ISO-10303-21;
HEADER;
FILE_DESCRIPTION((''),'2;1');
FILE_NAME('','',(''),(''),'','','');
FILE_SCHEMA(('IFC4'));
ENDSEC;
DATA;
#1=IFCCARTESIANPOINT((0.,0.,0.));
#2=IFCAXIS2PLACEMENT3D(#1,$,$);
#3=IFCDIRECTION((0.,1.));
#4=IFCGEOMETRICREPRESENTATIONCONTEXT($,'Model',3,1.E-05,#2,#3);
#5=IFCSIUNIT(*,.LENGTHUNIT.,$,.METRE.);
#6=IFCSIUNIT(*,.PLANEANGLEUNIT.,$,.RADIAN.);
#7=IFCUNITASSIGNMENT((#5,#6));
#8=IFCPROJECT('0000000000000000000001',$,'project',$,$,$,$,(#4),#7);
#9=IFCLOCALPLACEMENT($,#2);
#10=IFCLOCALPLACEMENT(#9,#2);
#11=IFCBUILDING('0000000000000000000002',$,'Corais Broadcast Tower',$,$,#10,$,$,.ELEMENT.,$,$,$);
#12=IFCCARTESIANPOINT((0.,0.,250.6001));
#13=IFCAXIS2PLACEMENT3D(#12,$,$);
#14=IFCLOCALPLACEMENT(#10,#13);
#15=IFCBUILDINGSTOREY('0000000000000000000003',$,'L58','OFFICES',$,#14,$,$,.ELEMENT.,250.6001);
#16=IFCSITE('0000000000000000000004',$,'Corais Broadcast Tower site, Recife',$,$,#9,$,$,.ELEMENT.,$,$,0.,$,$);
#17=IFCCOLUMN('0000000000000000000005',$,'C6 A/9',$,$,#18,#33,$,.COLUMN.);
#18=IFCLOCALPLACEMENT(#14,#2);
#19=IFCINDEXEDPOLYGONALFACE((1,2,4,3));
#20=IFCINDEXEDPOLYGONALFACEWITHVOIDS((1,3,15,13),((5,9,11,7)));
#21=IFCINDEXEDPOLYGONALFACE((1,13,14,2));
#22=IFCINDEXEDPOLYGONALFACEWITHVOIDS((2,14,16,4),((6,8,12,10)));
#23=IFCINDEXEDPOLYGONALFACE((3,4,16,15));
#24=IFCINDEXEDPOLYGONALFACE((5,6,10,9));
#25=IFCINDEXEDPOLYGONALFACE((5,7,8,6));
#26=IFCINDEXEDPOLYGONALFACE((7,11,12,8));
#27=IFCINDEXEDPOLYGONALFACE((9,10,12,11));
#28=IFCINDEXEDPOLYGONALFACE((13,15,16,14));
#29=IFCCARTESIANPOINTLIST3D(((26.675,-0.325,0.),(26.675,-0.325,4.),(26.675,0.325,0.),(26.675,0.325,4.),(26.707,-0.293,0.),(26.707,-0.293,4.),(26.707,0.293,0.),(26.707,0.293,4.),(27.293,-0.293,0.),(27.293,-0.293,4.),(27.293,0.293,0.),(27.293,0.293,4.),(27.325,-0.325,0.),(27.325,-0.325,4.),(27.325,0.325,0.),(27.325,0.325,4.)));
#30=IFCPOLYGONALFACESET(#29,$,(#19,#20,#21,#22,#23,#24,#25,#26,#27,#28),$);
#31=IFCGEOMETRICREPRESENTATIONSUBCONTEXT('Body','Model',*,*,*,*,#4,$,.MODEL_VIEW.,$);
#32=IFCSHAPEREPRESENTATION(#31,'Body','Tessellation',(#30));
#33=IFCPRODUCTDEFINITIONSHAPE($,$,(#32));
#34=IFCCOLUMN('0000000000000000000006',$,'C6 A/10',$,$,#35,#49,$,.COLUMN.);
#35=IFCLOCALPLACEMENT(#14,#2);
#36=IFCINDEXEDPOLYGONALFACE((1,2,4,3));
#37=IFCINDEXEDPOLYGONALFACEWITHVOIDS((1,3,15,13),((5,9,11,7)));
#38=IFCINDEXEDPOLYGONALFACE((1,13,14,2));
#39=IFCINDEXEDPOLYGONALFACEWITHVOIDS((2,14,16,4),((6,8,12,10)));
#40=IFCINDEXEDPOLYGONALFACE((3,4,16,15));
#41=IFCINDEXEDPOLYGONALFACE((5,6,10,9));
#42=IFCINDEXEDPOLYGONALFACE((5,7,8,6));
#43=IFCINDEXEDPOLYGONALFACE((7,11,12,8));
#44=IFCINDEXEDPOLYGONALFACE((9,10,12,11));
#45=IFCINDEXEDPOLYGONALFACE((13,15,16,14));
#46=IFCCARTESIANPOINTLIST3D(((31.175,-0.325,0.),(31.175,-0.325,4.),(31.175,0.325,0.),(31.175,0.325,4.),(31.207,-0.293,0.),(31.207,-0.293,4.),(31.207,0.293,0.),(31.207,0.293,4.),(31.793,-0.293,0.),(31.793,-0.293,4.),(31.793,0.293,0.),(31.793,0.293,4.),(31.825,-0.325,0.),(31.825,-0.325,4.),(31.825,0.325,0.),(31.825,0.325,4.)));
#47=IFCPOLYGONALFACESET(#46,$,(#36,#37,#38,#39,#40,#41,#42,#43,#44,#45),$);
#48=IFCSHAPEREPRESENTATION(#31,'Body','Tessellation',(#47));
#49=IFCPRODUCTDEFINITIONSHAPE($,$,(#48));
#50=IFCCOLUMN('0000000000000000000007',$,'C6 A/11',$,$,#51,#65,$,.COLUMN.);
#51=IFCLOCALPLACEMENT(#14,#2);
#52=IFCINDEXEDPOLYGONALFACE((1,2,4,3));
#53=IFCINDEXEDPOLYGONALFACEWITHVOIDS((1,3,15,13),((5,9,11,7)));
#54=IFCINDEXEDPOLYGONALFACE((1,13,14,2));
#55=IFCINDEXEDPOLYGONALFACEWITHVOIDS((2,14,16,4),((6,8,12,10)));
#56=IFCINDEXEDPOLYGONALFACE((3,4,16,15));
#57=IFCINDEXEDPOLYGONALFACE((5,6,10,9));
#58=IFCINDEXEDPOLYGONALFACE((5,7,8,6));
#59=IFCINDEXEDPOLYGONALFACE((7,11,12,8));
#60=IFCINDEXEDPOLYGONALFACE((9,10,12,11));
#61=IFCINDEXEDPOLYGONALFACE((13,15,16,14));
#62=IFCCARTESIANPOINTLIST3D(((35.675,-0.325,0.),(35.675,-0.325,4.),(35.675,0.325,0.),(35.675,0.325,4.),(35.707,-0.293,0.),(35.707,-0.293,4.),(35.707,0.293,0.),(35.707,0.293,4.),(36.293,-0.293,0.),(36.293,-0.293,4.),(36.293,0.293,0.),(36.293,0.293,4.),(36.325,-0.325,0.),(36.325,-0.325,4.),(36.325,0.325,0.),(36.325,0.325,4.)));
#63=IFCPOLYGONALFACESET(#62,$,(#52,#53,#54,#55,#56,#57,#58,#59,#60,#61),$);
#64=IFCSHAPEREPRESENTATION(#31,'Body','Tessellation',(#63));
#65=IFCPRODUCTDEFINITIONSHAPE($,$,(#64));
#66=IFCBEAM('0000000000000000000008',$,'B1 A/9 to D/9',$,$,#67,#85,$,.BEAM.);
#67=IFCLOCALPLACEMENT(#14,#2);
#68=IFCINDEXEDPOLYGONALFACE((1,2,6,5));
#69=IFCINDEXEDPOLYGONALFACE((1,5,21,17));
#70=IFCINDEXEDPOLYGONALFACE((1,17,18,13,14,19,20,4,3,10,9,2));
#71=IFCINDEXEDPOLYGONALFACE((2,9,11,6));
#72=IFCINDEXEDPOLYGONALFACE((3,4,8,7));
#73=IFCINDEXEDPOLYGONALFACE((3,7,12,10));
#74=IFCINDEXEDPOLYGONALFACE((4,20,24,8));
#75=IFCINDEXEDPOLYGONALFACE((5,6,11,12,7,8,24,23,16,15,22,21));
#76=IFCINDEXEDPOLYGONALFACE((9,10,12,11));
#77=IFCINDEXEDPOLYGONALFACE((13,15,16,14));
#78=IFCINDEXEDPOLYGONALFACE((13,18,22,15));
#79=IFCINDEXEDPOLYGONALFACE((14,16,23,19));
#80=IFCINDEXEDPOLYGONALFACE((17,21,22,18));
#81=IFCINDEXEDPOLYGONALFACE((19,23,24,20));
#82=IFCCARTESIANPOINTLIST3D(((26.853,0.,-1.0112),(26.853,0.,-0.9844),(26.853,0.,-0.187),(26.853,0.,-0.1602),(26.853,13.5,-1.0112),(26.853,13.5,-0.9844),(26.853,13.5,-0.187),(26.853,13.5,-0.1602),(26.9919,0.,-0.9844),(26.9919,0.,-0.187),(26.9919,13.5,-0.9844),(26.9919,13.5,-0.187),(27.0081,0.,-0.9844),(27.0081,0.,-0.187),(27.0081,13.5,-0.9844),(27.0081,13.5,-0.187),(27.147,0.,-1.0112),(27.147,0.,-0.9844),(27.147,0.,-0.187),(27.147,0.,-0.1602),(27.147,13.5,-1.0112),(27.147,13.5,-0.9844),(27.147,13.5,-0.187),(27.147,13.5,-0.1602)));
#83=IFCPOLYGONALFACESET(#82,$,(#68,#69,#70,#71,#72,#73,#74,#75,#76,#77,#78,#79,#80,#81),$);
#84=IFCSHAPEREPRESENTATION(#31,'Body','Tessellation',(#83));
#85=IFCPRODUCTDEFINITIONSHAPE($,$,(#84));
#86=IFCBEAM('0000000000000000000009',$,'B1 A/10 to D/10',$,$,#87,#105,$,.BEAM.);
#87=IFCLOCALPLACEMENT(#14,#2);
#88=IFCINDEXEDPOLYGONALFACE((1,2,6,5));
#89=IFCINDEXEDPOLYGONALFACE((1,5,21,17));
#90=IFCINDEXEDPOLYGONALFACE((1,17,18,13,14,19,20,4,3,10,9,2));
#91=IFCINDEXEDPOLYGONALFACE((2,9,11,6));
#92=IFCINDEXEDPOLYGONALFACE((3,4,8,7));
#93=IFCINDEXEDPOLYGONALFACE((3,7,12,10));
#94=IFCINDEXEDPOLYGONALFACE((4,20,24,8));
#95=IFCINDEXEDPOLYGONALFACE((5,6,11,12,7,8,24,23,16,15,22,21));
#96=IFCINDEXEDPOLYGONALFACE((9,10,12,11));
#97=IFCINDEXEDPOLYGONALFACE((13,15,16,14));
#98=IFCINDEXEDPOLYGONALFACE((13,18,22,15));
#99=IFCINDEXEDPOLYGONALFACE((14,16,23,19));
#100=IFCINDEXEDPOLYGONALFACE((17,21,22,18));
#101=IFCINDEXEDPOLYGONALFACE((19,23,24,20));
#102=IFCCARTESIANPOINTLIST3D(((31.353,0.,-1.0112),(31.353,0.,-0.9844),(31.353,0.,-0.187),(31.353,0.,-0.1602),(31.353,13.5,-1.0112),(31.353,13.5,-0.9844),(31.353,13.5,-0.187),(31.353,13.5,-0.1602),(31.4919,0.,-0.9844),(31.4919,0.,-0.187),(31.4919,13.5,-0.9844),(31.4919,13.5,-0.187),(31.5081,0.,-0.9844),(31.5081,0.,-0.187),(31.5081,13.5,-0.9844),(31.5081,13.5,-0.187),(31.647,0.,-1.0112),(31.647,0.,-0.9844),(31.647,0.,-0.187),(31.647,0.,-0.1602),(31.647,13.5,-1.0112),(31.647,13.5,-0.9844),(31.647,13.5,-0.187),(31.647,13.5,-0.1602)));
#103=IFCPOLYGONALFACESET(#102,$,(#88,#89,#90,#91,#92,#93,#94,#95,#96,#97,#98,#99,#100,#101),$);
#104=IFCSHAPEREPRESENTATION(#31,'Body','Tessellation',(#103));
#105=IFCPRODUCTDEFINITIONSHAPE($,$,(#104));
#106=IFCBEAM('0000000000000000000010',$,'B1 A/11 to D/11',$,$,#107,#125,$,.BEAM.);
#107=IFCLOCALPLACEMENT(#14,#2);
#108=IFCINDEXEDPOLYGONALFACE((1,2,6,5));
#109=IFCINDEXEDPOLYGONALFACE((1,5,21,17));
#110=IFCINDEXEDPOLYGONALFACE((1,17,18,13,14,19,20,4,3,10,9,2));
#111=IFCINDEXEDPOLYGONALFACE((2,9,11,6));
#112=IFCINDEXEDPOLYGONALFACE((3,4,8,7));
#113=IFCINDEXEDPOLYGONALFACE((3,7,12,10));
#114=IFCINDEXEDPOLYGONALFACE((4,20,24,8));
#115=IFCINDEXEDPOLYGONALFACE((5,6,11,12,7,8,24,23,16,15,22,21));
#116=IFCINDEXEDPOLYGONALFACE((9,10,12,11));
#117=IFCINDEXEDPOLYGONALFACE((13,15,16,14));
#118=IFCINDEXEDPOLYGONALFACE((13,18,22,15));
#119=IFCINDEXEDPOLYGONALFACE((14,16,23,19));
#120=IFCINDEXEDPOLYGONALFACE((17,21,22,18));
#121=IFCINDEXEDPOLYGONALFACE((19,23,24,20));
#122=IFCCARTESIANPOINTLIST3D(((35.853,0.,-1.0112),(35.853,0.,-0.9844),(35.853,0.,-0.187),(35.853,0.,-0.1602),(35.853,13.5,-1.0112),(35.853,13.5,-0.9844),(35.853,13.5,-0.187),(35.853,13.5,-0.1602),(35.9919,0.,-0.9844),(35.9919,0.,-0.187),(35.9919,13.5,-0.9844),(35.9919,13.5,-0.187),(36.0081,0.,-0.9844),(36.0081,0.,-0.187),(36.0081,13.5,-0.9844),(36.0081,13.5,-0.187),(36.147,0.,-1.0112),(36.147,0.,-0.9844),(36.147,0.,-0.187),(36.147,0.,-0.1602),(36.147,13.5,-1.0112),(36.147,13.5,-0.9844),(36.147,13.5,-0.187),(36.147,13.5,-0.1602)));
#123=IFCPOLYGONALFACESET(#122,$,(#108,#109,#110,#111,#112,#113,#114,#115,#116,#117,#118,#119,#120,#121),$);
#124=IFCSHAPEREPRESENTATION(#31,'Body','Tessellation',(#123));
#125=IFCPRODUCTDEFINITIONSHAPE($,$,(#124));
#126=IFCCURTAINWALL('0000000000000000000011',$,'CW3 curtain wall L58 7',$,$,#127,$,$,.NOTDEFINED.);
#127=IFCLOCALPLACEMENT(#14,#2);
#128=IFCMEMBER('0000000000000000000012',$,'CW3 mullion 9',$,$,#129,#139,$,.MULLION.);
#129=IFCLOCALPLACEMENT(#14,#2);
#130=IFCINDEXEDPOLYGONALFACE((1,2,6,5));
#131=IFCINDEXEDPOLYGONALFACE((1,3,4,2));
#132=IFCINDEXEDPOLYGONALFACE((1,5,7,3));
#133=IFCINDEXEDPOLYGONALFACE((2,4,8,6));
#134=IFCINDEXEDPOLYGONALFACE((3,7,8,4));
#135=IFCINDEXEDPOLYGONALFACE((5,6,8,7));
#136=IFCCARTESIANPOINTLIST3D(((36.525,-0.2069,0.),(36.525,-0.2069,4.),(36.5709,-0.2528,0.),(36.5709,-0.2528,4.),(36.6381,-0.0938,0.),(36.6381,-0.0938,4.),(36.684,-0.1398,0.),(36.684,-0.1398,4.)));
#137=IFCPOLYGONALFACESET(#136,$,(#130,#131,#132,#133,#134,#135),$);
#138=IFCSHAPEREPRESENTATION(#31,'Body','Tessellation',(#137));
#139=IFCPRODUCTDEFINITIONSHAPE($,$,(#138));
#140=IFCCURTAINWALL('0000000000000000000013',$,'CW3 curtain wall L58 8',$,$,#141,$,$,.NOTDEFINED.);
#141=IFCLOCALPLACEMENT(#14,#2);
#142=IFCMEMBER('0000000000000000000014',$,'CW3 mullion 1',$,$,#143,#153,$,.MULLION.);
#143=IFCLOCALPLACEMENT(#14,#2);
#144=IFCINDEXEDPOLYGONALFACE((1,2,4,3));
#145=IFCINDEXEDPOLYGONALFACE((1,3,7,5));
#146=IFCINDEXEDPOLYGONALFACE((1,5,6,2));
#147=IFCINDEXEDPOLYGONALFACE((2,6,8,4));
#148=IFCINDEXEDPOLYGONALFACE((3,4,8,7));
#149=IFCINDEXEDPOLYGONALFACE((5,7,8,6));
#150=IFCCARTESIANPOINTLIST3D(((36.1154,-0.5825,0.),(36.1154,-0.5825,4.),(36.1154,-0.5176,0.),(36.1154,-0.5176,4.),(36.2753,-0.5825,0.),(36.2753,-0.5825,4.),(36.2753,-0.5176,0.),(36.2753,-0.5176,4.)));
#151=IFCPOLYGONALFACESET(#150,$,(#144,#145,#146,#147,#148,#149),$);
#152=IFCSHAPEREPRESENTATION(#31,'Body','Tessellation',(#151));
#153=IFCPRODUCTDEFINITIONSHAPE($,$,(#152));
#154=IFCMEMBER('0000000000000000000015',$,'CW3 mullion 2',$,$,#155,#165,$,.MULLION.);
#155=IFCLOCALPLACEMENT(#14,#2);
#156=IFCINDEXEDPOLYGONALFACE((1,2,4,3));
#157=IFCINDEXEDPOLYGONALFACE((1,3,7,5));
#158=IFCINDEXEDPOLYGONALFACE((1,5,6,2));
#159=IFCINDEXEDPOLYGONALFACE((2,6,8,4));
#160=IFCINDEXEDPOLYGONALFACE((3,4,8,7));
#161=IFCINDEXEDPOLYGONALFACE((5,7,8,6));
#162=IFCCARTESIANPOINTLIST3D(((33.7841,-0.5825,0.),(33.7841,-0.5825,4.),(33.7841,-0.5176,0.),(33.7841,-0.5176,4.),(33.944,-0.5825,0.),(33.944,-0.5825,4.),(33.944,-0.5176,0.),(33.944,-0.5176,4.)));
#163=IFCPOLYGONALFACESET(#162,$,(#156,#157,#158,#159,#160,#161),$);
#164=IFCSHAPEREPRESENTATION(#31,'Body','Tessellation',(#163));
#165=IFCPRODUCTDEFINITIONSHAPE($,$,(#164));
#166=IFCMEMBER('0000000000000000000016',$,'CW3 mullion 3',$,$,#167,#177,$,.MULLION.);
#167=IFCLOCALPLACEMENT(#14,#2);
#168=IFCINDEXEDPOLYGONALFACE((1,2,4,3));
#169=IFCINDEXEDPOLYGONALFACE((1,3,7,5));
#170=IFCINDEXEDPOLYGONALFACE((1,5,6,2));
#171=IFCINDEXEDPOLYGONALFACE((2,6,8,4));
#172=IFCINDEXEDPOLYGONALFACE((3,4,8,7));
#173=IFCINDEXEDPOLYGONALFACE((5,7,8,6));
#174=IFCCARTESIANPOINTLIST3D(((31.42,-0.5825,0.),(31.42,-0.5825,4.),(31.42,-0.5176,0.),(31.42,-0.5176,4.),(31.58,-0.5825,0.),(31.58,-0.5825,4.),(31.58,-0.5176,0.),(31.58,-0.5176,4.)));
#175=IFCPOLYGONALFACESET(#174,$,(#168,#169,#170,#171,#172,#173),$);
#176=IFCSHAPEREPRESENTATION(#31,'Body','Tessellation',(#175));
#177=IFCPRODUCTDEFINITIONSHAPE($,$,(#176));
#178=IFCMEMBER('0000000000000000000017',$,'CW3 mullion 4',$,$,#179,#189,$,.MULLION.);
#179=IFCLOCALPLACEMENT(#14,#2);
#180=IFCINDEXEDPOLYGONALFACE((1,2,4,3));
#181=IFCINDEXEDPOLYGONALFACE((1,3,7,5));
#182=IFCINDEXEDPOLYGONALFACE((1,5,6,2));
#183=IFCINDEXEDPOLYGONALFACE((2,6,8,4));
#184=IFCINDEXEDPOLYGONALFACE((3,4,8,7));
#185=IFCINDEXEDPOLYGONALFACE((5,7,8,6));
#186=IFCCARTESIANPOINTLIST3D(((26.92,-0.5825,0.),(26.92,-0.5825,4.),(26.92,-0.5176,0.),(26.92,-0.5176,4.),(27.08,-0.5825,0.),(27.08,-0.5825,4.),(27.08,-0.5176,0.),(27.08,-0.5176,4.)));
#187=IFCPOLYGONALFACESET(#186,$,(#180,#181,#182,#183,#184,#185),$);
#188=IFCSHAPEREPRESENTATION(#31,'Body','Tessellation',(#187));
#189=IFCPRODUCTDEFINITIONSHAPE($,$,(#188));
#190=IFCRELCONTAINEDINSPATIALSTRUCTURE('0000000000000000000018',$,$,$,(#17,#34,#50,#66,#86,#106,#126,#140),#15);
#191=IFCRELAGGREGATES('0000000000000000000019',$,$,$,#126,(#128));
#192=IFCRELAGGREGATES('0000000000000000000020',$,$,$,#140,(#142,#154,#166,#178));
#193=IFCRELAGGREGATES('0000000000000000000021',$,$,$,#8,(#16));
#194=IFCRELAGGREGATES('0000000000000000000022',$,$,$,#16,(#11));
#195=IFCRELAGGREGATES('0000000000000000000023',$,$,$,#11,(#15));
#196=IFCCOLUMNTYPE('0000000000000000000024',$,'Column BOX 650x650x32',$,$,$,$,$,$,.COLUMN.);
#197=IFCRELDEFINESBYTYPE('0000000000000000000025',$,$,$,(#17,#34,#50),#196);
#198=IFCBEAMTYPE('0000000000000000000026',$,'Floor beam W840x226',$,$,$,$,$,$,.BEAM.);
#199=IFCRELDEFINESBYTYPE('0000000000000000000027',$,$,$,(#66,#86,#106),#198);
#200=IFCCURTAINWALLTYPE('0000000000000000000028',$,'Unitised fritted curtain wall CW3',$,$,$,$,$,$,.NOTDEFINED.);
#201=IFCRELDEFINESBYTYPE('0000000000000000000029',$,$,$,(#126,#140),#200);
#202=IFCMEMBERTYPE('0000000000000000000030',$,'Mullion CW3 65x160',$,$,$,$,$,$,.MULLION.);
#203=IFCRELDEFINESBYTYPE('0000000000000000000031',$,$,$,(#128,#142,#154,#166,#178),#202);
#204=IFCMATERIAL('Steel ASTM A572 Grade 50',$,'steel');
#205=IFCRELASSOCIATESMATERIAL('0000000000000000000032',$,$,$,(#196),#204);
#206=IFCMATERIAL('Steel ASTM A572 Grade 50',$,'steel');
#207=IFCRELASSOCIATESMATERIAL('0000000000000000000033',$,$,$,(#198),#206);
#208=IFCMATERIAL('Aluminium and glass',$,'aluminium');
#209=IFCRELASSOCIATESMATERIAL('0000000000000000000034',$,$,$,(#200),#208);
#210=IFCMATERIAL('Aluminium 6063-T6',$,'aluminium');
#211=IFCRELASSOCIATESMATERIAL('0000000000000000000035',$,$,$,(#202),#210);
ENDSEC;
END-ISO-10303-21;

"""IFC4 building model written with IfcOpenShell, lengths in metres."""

from ifc_helpers import new_model, si_unit, direction, frame, origin, origin_2d, place, context, subcontext, project, spatial, rectangle, hollow_rectangle, i_section, extrude, material, material_profile, profile_set, type_object, element, aggregate, save


model = new_model("IFC4")

# Units and contexts
model_context = context("Model", 3, precision=1e-05, world=origin(), true_north=direction((0.0, 1.0)))
body_context = subcontext(model_context, "Body", "Model", "MODEL_VIEW")
ifc_project = project(units=[si_unit("LENGTHUNIT", "METRE"), si_unit("PLANEANGLEUNIT", "RADIAN")], contexts=[model_context])

# Site, building, storey
site_placement = place(None, origin())
site = spatial("IfcSite", under=ifc_project, at=site_placement, Name="Corais Broadcast Tower site, Recife", CompositionType="ELEMENT", RefElevation=0.0)
building_placement = place(site_placement, origin())
building = spatial("IfcBuilding", under=site, at=building_placement, Name="Corais Broadcast Tower", CompositionType="ELEMENT")
storey_placement = place(building_placement, frame((0.0, 0.0, 250.6001)))
storey = spatial("IfcBuildingStorey", under=building, at=storey_placement, Name="L58", Description="OFFICES", CompositionType="ELEMENT", Elevation=250.6001)

# Columns
ifc_material_1 = material(Name="Steel ASTM A572 Grade 50", Category="steel")
ifc_material_profile_1 = material_profile(ifc_material_1, hollow_rectangle(XDim=0.6499, YDim=0.6499, WallThickness=0.032, at=origin_2d()), Name="BOX 650x650x32")
ifc_profile_set_1 = profile_set([ifc_material_profile_1], Name="Steel ASTM A572 Grade 50")
column_type = type_object("IfcColumnType", Name="Column BOX 650x650x32", PredefinedType="COLUMN", material=ifc_profile_set_1)
for number, where, z_axis, x_axis, name in (
    (1, (27.0, 0.0, 0.0), (0.0, 0.0, 1.0), (1.0, 0.0, 0.0), "C6 A/9"),
    (2, (31.5, 0.0, 0.0), (0.0, 0.0, 1.0), (1.0, 0.0, 0.0), "C6 A/10"),
    (3, (36.0, 0.0, 0.0), (0.0, 0.0, 1.0), (1.0, 0.0, 0.0), "C6 A/11"),
):
    element("IfcColumn", number, at=place(storey_placement, frame(where, z_axis=z_axis, x_axis=x_axis)), inside=storey, type_object=column_type, Name=name, PredefinedType="COLUMN", context=body_context, shape_type="SweptSolid", body=[
        extrude(hollow_rectangle(XDim=0.6499, YDim=0.6499, WallThickness=0.032, at=origin_2d()), origin(), (0.0, 0.0, 1.0), 4.0),
    ])

# Beams
ifc_material_2 = material(Name="Steel ASTM A572 Grade 50", Category="steel")
ifc_material_profile_2 = material_profile(ifc_material_2, i_section(OverallWidth=0.2939, OverallDepth=0.8511, WebThickness=0.0161, FlangeThickness=0.0269, at=origin_2d()), Name="W840x226")
ifc_profile_set_2 = profile_set([ifc_material_profile_2], Name="Steel ASTM A572 Grade 50")
beam_type_1 = type_object("IfcBeamType", Name="Floor beam W840x226", PredefinedType="BEAM", material=ifc_profile_set_2)
for number, where, z_axis, x_axis, name in (
    (4, (27.0, 0.0, -0.5857), (0.0, 1.0, 0.0), (-1.0, 0.0, 0.0), "B1 A/9 to D/9"),
    (5, (31.5, 0.0, -0.5857), (0.0, 1.0, 0.0), (-1.0, 0.0, 0.0), "B1 A/10 to D/10"),
    (6, (36.0, 0.0, -0.5857), (0.0, 1.0, 0.0), (-1.0, 0.0, 0.0), "B1 A/11 to D/11"),
):
    element("IfcBeam", number, at=place(storey_placement, frame(where, z_axis=z_axis, x_axis=x_axis)), inside=storey, type_object=beam_type_1, Name=name, PredefinedType="BEAM", context=body_context, shape_type="SweptSolid", body=[
        extrude(i_section(OverallWidth=0.2939, OverallDepth=0.8511, WebThickness=0.0161, FlangeThickness=0.0269, at=origin_2d()), origin(), (0.0, 0.0, 1.0), 13.5),
    ])

# Curtain wall, member
ifc_material_3 = material(Name="Aluminium and glass", Category="aluminium")
curtain_wall_type = type_object("IfcCurtainWallType", Name="Unitised fritted curtain wall CW3", PredefinedType="NOTDEFINED", material=ifc_material_3)
curtain_wall_1_placement = place(storey_placement, origin())
curtain_wall_1 = element("IfcCurtainWall", 7, at=curtain_wall_1_placement, inside=storey, type_object=curtain_wall_type, Name="CW3 curtain wall L58 7", PredefinedType="NOTDEFINED")
ifc_material_4 = material(Name="Aluminium 6063-T6", Category="aluminium")
ifc_material_profile_3 = material_profile(ifc_material_4, rectangle(XDim=0.0649, YDim=0.1599, at=origin_2d()), Name="Mullion CW3 65x160")
ifc_profile_set_3 = profile_set([ifc_material_profile_3], Name="Aluminium 6063-T6")
member_type_1 = type_object("IfcMemberType", Name="Mullion CW3 65x160", PredefinedType="MULLION", material=ifc_profile_set_3)
member_1_placement = place(storey_placement, frame((36.6045, -0.1733, 0.0), z_axis=(0.0, 0.0, 1.0), x_axis=(0.707107, -0.707107, 0.0)))
member_1 = element("IfcMember", 8, at=member_1_placement, type_object=member_type_1, Name="CW3 mullion 9", PredefinedType="MULLION", context=body_context, shape_type="SweptSolid", body=[
    extrude(rectangle(XDim=0.0649, YDim=0.1599, at=origin_2d()), origin(), (0.0, 0.0, 1.0), 4.0),
])
aggregate(curtain_wall_1, [member_1])

# Curtain wall, members
curtain_wall_2_placement = place(storey_placement, origin())
curtain_wall_2 = element("IfcCurtainWall", 9, at=curtain_wall_2_placement, inside=storey, type_object=curtain_wall_type, Name="CW3 curtain wall L58 8", PredefinedType="NOTDEFINED")
member_2_placement = place(storey_placement, frame((36.1953, -0.55, 0.0), z_axis=(0.0, 0.0, 1.0), x_axis=(0.0, -1.0, 0.0)))
member_2 = element("IfcMember", 10, at=member_2_placement, type_object=member_type_1, Name="CW3 mullion 1", PredefinedType="MULLION", context=body_context, shape_type="SweptSolid", body=[
    extrude(rectangle(XDim=0.0649, YDim=0.1599, at=origin_2d()), origin(), (0.0, 0.0, 1.0), 4.0),
])
member_3_placement = place(storey_placement, frame((33.864, -0.55, 0.0), z_axis=(0.0, 0.0, 1.0), x_axis=(0.0, -1.0, 0.0)))
member_3 = element("IfcMember", 11, at=member_3_placement, type_object=member_type_1, Name="CW3 mullion 2", PredefinedType="MULLION", context=body_context, shape_type="SweptSolid", body=[
    extrude(rectangle(XDim=0.0649, YDim=0.1599, at=origin_2d()), origin(), (0.0, 0.0, 1.0), 4.0),
])
member_4_placement = place(storey_placement, frame((31.5, -0.55, 0.0), z_axis=(0.0, 0.0, 1.0), x_axis=(0.0, -1.0, 0.0)))
member_4 = element("IfcMember", 12, at=member_4_placement, type_object=member_type_1, Name="CW3 mullion 3", PredefinedType="MULLION", context=body_context, shape_type="SweptSolid", body=[
    extrude(rectangle(XDim=0.0649, YDim=0.1599, at=origin_2d()), origin(), (0.0, 0.0, 1.0), 4.0),
])
member_5_placement = place(storey_placement, frame((27.0, -0.55, 0.0), z_axis=(0.0, 0.0, 1.0), x_axis=(0.0, -1.0, 0.0)))
member_5 = element("IfcMember", 13, at=member_5_placement, type_object=member_type_1, Name="CW3 mullion 4", PredefinedType="MULLION", context=body_context, shape_type="SweptSolid", body=[
    extrude(rectangle(XDim=0.0649, YDim=0.1599, at=origin_2d()), origin(), (0.0, 0.0, 1.0), 4.0),
])

aggregate(curtain_wall_2, [member_2, member_3, member_4, member_5])

save(model, "model.ifc")
